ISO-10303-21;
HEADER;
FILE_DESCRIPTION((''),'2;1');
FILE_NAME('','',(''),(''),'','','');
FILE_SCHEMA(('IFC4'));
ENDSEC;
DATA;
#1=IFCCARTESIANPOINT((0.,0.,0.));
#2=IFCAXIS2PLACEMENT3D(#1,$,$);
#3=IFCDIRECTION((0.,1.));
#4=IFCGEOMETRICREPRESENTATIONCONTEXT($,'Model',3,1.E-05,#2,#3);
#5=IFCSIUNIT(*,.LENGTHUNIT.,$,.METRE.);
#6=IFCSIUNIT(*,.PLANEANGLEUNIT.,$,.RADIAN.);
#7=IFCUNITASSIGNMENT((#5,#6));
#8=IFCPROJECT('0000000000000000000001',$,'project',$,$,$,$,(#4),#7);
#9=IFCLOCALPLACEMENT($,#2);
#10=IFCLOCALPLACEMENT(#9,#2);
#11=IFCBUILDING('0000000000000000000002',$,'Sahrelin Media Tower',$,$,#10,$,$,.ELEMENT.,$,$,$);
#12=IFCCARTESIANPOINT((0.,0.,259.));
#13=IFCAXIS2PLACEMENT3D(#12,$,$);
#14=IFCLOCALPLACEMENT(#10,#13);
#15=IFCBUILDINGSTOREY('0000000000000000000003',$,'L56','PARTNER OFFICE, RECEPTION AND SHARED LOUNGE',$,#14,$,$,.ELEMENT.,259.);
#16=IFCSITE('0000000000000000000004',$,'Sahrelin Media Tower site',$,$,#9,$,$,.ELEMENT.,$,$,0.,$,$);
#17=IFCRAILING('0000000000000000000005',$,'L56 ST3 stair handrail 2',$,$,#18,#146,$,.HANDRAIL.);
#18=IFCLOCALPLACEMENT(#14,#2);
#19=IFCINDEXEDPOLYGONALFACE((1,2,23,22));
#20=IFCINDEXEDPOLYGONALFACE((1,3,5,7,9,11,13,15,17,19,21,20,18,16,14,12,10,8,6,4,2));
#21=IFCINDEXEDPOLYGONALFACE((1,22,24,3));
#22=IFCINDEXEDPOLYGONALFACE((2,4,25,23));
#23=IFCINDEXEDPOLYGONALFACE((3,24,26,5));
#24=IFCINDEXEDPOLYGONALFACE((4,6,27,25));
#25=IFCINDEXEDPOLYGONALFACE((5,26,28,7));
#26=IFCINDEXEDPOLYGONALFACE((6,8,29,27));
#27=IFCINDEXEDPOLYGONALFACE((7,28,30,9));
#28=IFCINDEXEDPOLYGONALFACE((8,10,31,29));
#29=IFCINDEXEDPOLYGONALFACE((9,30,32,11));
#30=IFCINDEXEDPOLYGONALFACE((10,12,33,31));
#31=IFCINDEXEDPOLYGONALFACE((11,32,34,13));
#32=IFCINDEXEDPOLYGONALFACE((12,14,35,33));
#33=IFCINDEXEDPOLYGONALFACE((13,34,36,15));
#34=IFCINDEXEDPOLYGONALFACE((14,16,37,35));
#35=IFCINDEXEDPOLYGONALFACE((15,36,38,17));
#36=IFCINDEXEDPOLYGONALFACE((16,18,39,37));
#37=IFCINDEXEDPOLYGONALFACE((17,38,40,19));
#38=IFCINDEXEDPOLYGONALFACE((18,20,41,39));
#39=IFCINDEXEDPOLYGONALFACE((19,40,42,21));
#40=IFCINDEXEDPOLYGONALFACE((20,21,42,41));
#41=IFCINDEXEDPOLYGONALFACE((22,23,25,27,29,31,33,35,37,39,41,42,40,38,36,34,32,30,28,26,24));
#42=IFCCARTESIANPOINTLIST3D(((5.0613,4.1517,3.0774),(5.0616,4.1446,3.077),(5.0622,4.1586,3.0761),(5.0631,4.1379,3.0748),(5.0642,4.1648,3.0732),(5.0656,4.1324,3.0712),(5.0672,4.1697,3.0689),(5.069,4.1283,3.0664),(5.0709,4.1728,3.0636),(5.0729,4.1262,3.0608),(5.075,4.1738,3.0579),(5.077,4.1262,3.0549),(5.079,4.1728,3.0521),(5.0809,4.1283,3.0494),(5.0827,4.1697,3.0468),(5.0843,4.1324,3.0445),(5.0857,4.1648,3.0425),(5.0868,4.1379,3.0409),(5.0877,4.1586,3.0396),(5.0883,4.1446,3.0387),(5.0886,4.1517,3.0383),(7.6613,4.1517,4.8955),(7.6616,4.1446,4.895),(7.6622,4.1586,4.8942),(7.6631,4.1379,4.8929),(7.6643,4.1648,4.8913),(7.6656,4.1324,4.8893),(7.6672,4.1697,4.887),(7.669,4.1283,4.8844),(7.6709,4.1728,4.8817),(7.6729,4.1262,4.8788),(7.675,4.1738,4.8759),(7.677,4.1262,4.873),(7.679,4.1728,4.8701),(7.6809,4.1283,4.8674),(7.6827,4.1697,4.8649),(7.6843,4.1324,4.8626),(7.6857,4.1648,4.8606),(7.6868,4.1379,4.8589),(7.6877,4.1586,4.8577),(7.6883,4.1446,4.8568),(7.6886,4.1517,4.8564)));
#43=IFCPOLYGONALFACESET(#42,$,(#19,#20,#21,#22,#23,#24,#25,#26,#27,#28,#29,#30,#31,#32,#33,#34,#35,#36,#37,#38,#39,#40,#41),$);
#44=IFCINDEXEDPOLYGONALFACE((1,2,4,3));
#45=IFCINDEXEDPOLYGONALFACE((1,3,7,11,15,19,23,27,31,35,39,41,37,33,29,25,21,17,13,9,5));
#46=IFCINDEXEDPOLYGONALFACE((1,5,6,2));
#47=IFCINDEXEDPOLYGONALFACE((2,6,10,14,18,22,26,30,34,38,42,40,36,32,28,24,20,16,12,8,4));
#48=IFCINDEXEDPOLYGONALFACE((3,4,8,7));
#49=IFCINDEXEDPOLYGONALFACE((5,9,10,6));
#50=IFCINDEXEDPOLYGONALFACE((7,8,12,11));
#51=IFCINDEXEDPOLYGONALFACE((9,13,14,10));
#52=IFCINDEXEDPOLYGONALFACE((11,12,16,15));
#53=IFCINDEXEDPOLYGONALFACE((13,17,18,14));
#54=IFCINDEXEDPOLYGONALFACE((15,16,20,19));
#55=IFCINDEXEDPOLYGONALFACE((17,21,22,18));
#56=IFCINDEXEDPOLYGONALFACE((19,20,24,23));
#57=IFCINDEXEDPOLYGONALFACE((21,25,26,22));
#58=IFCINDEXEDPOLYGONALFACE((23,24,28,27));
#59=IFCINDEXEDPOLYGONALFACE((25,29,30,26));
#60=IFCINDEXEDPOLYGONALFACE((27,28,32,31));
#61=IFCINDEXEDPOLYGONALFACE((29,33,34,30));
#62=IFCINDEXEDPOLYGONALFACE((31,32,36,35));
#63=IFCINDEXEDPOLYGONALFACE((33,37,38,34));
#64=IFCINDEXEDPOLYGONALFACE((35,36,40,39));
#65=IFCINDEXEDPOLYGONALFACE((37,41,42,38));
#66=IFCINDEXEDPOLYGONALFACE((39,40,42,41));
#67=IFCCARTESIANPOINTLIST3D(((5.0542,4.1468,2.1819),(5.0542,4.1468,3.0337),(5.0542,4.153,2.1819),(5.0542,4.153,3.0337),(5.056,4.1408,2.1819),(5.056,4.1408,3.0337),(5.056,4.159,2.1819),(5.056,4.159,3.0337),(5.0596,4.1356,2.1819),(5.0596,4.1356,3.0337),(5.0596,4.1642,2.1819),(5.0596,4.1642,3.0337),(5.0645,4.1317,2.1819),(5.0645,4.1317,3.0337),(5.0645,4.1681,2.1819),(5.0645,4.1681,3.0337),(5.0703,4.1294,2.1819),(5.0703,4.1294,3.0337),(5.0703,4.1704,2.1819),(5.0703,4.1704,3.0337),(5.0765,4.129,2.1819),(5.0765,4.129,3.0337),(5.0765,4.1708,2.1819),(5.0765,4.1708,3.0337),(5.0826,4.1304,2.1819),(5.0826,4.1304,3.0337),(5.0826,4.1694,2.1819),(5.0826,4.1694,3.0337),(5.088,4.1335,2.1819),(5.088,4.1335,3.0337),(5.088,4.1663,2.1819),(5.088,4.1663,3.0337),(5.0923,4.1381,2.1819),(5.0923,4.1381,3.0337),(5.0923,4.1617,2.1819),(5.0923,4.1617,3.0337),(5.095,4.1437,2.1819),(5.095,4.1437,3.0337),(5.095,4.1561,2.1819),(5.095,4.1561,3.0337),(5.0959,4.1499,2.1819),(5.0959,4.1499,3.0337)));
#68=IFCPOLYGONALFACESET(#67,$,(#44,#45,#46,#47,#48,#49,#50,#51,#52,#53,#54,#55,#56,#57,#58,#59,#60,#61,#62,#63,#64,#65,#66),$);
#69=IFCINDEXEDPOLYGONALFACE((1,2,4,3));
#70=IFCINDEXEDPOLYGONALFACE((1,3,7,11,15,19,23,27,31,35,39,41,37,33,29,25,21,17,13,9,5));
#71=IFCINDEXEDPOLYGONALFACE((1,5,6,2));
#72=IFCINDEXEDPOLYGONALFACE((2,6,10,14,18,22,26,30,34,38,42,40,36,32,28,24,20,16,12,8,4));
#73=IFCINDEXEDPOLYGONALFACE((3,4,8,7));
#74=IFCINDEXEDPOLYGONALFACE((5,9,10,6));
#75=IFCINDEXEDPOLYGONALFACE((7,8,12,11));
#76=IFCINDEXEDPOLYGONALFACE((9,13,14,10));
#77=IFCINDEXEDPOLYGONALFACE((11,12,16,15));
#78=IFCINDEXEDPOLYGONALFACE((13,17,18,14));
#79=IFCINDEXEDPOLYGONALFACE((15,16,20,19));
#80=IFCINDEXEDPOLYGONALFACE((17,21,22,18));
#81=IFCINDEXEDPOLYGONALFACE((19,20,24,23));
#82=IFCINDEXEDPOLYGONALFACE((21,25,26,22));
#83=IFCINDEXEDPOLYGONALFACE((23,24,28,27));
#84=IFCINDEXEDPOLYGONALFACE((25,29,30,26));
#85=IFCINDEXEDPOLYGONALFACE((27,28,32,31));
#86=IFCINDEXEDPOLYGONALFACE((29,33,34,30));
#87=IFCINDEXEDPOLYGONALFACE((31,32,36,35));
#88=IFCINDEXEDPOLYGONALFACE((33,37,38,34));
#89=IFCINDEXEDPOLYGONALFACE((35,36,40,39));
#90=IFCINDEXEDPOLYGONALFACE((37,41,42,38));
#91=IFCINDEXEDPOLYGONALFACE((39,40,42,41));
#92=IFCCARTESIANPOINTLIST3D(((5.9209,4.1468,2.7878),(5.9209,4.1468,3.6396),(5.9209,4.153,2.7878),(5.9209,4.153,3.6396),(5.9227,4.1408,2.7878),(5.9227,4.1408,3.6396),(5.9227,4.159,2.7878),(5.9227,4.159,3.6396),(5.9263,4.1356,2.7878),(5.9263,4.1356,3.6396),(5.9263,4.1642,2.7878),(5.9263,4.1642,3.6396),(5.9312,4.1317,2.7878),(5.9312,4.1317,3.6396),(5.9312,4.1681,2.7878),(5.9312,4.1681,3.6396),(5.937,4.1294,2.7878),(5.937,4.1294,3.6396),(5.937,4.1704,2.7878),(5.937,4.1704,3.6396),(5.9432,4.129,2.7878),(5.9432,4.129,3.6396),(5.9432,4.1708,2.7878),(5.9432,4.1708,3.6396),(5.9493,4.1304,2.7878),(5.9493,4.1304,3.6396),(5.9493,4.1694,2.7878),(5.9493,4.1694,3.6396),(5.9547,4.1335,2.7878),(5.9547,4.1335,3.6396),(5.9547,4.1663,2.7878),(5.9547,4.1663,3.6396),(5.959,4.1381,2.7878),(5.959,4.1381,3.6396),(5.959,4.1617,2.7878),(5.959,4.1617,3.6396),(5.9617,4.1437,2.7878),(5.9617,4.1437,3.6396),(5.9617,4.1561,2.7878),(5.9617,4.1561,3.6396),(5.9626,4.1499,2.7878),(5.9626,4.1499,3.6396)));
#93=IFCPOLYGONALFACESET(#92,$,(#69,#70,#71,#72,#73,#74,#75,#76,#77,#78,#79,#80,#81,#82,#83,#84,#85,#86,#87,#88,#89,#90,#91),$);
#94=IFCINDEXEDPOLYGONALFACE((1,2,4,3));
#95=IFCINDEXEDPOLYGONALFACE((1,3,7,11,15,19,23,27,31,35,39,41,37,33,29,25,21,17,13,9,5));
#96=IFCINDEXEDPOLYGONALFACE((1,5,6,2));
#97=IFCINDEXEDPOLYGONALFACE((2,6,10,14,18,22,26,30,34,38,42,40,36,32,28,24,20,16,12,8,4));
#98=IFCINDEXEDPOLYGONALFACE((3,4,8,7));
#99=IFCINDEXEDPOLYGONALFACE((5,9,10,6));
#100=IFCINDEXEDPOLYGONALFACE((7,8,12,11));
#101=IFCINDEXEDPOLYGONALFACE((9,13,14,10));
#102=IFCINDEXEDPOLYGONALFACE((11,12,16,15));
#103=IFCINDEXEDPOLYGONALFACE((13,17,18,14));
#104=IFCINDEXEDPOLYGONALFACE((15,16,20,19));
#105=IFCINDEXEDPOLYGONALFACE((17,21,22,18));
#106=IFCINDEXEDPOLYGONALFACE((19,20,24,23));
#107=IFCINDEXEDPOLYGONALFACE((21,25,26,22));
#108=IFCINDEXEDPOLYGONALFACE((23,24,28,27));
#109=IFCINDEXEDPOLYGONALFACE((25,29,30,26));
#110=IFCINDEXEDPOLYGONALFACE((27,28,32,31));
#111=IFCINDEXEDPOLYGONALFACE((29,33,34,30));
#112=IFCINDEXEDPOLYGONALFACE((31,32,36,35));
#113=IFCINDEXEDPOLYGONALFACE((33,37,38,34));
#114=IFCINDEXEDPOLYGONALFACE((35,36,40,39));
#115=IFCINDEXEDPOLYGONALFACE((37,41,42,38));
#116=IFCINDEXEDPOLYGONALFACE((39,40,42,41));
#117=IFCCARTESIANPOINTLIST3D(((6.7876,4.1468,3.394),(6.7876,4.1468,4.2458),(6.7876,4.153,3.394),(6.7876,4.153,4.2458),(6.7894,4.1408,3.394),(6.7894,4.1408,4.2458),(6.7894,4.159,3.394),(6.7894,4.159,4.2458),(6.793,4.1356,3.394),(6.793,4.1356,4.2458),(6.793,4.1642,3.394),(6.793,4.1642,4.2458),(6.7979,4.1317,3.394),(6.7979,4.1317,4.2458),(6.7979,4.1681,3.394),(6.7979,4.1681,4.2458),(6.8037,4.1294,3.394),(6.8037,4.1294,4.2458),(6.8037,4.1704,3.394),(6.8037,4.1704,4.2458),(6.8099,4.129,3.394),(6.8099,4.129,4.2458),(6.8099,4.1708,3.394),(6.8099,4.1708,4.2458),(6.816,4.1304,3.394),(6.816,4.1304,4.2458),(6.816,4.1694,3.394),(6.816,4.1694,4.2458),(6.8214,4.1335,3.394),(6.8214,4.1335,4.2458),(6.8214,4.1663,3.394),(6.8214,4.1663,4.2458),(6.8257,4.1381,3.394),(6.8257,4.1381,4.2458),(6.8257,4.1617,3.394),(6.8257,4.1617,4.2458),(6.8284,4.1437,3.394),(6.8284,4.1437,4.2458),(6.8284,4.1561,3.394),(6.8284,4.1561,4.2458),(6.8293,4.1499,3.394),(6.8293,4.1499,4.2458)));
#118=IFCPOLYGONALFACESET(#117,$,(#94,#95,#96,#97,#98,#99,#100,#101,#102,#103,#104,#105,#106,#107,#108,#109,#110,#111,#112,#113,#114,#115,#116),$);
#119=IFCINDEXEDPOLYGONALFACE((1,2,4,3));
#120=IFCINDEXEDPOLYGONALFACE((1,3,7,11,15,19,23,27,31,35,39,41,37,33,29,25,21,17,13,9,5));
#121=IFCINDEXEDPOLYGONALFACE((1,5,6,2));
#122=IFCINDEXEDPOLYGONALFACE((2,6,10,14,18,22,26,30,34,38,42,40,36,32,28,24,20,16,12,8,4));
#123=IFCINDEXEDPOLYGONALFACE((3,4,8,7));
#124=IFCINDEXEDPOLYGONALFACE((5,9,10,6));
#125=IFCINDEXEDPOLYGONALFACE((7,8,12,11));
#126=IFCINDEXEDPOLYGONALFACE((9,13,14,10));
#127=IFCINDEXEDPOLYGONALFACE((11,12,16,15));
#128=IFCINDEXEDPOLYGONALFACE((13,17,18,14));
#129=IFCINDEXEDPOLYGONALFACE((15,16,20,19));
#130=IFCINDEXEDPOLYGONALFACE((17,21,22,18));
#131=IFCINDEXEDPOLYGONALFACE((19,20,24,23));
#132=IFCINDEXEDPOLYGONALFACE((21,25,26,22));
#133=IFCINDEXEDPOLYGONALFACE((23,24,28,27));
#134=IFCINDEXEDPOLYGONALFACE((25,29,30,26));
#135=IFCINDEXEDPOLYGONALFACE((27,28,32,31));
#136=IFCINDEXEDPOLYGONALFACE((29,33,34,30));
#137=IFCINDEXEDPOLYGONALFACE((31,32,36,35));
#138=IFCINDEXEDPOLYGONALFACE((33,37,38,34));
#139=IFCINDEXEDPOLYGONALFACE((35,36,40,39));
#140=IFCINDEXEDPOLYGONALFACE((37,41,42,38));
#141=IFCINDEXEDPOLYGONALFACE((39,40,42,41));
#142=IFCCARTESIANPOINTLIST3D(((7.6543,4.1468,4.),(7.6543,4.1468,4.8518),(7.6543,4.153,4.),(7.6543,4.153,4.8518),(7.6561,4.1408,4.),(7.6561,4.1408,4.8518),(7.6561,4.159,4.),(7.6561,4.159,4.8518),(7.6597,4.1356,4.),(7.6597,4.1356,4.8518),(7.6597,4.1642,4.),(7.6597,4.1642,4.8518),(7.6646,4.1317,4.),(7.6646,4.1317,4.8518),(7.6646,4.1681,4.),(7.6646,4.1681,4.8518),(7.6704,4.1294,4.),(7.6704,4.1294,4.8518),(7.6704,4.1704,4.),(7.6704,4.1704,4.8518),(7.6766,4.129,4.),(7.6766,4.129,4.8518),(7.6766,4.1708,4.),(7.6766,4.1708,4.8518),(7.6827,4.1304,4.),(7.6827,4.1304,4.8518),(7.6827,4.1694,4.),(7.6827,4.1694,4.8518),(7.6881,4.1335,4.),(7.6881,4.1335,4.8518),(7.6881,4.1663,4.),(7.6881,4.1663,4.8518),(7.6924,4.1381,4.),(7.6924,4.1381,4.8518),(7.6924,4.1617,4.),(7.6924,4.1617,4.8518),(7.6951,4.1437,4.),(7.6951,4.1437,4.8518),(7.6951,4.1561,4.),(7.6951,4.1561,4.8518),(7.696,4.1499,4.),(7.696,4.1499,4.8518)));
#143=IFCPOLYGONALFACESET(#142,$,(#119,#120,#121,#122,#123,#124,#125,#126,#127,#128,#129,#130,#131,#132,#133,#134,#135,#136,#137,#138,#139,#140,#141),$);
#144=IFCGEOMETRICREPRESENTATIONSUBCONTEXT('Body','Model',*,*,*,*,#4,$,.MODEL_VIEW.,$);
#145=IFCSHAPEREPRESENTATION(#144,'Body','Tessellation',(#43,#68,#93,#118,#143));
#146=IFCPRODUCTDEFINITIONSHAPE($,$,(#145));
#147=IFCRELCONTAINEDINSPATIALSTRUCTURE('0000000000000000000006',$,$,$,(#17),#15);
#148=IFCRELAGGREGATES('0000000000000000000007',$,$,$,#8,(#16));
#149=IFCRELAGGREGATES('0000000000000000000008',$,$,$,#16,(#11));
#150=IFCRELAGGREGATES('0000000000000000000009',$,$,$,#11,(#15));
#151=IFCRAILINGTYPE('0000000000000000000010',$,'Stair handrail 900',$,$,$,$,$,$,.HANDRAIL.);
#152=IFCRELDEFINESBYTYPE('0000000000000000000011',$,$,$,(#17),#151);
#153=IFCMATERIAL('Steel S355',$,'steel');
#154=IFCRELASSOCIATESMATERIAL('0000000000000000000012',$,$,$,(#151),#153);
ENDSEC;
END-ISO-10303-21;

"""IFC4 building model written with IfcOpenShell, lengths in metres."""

from ifc_helpers import new_model, si_unit, direction, frame, origin, origin_2d, place, context, subcontext, project, spatial, circle, extrude, material, type_object, element, save


model = new_model("IFC4")

# Units and contexts
model_context = context("Model", 3, precision=1e-05, world=origin(), true_north=direction((0.0, 1.0)))
body_context = subcontext(model_context, "Body", "Model", "MODEL_VIEW")
ifc_project = project(units=[si_unit("LENGTHUNIT", "METRE"), si_unit("PLANEANGLEUNIT", "RADIAN")], contexts=[model_context])

# Site, building, storey
site_placement = place(None, origin())
site = spatial("IfcSite", under=ifc_project, at=site_placement, Name="Sahrelin Media Tower site", CompositionType="ELEMENT", RefElevation=0.0)
building_placement = place(site_placement, origin())
building = spatial("IfcBuilding", under=site, at=building_placement, Name="Sahrelin Media Tower", CompositionType="ELEMENT")
storey_placement = place(building_placement, frame((0.0, 0.0, 259.0)))
storey = spatial("IfcBuildingStorey", under=building, at=storey_placement, Name="L56", Description="PARTNER OFFICE, RECEPTION AND SHARED LOUNGE", CompositionType="ELEMENT", Elevation=259.0)

# Shared definitions
ifc_material_1 = material(Name="Steel S355", Category="steel")

# Railing
railing_type_1 = type_object("IfcRailingType", Name="Stair handrail 900", PredefinedType="HANDRAIL", material=ifc_material_1)
railing_1_placement = place(storey_placement, frame((5.075, 4.1499, 2.1819)))
element("IfcRailing", 1, at=railing_1_placement, inside=storey, type_object=railing_type_1, Name="L56 ST3 stair handrail 2", PredefinedType="HANDRAIL", context=body_context, shape_type="SweptSolid", body=[
    extrude(circle(Radius=0.0239, at=origin_2d()), frame((0.0, 0.0, 0.876), z_axis=(0.819521, 0.0, 0.573049), x_axis=(0.0, 1.0, 0.0)), (0.0, 0.0, 1.0), 3.1726),
    extrude(circle(Radius=0.021, at=origin_2d()), origin(), (0.0, 0.0, 1.0), 0.8518),
    extrude(circle(Radius=0.021, at=origin_2d()), frame((0.8667, 0.0, 0.606)), (0.0, 0.0, 1.0), 0.8518),
    extrude(circle(Radius=0.021, at=origin_2d()), frame((1.7334, 0.0, 1.2122)), (0.0, 0.0, 1.0), 0.8518),
    extrude(circle(Radius=0.021, at=origin_2d()), frame((2.6001, 0.0, 1.8181)), (0.0, 0.0, 1.0), 0.8518),
])

save(model, "model.ifc")
